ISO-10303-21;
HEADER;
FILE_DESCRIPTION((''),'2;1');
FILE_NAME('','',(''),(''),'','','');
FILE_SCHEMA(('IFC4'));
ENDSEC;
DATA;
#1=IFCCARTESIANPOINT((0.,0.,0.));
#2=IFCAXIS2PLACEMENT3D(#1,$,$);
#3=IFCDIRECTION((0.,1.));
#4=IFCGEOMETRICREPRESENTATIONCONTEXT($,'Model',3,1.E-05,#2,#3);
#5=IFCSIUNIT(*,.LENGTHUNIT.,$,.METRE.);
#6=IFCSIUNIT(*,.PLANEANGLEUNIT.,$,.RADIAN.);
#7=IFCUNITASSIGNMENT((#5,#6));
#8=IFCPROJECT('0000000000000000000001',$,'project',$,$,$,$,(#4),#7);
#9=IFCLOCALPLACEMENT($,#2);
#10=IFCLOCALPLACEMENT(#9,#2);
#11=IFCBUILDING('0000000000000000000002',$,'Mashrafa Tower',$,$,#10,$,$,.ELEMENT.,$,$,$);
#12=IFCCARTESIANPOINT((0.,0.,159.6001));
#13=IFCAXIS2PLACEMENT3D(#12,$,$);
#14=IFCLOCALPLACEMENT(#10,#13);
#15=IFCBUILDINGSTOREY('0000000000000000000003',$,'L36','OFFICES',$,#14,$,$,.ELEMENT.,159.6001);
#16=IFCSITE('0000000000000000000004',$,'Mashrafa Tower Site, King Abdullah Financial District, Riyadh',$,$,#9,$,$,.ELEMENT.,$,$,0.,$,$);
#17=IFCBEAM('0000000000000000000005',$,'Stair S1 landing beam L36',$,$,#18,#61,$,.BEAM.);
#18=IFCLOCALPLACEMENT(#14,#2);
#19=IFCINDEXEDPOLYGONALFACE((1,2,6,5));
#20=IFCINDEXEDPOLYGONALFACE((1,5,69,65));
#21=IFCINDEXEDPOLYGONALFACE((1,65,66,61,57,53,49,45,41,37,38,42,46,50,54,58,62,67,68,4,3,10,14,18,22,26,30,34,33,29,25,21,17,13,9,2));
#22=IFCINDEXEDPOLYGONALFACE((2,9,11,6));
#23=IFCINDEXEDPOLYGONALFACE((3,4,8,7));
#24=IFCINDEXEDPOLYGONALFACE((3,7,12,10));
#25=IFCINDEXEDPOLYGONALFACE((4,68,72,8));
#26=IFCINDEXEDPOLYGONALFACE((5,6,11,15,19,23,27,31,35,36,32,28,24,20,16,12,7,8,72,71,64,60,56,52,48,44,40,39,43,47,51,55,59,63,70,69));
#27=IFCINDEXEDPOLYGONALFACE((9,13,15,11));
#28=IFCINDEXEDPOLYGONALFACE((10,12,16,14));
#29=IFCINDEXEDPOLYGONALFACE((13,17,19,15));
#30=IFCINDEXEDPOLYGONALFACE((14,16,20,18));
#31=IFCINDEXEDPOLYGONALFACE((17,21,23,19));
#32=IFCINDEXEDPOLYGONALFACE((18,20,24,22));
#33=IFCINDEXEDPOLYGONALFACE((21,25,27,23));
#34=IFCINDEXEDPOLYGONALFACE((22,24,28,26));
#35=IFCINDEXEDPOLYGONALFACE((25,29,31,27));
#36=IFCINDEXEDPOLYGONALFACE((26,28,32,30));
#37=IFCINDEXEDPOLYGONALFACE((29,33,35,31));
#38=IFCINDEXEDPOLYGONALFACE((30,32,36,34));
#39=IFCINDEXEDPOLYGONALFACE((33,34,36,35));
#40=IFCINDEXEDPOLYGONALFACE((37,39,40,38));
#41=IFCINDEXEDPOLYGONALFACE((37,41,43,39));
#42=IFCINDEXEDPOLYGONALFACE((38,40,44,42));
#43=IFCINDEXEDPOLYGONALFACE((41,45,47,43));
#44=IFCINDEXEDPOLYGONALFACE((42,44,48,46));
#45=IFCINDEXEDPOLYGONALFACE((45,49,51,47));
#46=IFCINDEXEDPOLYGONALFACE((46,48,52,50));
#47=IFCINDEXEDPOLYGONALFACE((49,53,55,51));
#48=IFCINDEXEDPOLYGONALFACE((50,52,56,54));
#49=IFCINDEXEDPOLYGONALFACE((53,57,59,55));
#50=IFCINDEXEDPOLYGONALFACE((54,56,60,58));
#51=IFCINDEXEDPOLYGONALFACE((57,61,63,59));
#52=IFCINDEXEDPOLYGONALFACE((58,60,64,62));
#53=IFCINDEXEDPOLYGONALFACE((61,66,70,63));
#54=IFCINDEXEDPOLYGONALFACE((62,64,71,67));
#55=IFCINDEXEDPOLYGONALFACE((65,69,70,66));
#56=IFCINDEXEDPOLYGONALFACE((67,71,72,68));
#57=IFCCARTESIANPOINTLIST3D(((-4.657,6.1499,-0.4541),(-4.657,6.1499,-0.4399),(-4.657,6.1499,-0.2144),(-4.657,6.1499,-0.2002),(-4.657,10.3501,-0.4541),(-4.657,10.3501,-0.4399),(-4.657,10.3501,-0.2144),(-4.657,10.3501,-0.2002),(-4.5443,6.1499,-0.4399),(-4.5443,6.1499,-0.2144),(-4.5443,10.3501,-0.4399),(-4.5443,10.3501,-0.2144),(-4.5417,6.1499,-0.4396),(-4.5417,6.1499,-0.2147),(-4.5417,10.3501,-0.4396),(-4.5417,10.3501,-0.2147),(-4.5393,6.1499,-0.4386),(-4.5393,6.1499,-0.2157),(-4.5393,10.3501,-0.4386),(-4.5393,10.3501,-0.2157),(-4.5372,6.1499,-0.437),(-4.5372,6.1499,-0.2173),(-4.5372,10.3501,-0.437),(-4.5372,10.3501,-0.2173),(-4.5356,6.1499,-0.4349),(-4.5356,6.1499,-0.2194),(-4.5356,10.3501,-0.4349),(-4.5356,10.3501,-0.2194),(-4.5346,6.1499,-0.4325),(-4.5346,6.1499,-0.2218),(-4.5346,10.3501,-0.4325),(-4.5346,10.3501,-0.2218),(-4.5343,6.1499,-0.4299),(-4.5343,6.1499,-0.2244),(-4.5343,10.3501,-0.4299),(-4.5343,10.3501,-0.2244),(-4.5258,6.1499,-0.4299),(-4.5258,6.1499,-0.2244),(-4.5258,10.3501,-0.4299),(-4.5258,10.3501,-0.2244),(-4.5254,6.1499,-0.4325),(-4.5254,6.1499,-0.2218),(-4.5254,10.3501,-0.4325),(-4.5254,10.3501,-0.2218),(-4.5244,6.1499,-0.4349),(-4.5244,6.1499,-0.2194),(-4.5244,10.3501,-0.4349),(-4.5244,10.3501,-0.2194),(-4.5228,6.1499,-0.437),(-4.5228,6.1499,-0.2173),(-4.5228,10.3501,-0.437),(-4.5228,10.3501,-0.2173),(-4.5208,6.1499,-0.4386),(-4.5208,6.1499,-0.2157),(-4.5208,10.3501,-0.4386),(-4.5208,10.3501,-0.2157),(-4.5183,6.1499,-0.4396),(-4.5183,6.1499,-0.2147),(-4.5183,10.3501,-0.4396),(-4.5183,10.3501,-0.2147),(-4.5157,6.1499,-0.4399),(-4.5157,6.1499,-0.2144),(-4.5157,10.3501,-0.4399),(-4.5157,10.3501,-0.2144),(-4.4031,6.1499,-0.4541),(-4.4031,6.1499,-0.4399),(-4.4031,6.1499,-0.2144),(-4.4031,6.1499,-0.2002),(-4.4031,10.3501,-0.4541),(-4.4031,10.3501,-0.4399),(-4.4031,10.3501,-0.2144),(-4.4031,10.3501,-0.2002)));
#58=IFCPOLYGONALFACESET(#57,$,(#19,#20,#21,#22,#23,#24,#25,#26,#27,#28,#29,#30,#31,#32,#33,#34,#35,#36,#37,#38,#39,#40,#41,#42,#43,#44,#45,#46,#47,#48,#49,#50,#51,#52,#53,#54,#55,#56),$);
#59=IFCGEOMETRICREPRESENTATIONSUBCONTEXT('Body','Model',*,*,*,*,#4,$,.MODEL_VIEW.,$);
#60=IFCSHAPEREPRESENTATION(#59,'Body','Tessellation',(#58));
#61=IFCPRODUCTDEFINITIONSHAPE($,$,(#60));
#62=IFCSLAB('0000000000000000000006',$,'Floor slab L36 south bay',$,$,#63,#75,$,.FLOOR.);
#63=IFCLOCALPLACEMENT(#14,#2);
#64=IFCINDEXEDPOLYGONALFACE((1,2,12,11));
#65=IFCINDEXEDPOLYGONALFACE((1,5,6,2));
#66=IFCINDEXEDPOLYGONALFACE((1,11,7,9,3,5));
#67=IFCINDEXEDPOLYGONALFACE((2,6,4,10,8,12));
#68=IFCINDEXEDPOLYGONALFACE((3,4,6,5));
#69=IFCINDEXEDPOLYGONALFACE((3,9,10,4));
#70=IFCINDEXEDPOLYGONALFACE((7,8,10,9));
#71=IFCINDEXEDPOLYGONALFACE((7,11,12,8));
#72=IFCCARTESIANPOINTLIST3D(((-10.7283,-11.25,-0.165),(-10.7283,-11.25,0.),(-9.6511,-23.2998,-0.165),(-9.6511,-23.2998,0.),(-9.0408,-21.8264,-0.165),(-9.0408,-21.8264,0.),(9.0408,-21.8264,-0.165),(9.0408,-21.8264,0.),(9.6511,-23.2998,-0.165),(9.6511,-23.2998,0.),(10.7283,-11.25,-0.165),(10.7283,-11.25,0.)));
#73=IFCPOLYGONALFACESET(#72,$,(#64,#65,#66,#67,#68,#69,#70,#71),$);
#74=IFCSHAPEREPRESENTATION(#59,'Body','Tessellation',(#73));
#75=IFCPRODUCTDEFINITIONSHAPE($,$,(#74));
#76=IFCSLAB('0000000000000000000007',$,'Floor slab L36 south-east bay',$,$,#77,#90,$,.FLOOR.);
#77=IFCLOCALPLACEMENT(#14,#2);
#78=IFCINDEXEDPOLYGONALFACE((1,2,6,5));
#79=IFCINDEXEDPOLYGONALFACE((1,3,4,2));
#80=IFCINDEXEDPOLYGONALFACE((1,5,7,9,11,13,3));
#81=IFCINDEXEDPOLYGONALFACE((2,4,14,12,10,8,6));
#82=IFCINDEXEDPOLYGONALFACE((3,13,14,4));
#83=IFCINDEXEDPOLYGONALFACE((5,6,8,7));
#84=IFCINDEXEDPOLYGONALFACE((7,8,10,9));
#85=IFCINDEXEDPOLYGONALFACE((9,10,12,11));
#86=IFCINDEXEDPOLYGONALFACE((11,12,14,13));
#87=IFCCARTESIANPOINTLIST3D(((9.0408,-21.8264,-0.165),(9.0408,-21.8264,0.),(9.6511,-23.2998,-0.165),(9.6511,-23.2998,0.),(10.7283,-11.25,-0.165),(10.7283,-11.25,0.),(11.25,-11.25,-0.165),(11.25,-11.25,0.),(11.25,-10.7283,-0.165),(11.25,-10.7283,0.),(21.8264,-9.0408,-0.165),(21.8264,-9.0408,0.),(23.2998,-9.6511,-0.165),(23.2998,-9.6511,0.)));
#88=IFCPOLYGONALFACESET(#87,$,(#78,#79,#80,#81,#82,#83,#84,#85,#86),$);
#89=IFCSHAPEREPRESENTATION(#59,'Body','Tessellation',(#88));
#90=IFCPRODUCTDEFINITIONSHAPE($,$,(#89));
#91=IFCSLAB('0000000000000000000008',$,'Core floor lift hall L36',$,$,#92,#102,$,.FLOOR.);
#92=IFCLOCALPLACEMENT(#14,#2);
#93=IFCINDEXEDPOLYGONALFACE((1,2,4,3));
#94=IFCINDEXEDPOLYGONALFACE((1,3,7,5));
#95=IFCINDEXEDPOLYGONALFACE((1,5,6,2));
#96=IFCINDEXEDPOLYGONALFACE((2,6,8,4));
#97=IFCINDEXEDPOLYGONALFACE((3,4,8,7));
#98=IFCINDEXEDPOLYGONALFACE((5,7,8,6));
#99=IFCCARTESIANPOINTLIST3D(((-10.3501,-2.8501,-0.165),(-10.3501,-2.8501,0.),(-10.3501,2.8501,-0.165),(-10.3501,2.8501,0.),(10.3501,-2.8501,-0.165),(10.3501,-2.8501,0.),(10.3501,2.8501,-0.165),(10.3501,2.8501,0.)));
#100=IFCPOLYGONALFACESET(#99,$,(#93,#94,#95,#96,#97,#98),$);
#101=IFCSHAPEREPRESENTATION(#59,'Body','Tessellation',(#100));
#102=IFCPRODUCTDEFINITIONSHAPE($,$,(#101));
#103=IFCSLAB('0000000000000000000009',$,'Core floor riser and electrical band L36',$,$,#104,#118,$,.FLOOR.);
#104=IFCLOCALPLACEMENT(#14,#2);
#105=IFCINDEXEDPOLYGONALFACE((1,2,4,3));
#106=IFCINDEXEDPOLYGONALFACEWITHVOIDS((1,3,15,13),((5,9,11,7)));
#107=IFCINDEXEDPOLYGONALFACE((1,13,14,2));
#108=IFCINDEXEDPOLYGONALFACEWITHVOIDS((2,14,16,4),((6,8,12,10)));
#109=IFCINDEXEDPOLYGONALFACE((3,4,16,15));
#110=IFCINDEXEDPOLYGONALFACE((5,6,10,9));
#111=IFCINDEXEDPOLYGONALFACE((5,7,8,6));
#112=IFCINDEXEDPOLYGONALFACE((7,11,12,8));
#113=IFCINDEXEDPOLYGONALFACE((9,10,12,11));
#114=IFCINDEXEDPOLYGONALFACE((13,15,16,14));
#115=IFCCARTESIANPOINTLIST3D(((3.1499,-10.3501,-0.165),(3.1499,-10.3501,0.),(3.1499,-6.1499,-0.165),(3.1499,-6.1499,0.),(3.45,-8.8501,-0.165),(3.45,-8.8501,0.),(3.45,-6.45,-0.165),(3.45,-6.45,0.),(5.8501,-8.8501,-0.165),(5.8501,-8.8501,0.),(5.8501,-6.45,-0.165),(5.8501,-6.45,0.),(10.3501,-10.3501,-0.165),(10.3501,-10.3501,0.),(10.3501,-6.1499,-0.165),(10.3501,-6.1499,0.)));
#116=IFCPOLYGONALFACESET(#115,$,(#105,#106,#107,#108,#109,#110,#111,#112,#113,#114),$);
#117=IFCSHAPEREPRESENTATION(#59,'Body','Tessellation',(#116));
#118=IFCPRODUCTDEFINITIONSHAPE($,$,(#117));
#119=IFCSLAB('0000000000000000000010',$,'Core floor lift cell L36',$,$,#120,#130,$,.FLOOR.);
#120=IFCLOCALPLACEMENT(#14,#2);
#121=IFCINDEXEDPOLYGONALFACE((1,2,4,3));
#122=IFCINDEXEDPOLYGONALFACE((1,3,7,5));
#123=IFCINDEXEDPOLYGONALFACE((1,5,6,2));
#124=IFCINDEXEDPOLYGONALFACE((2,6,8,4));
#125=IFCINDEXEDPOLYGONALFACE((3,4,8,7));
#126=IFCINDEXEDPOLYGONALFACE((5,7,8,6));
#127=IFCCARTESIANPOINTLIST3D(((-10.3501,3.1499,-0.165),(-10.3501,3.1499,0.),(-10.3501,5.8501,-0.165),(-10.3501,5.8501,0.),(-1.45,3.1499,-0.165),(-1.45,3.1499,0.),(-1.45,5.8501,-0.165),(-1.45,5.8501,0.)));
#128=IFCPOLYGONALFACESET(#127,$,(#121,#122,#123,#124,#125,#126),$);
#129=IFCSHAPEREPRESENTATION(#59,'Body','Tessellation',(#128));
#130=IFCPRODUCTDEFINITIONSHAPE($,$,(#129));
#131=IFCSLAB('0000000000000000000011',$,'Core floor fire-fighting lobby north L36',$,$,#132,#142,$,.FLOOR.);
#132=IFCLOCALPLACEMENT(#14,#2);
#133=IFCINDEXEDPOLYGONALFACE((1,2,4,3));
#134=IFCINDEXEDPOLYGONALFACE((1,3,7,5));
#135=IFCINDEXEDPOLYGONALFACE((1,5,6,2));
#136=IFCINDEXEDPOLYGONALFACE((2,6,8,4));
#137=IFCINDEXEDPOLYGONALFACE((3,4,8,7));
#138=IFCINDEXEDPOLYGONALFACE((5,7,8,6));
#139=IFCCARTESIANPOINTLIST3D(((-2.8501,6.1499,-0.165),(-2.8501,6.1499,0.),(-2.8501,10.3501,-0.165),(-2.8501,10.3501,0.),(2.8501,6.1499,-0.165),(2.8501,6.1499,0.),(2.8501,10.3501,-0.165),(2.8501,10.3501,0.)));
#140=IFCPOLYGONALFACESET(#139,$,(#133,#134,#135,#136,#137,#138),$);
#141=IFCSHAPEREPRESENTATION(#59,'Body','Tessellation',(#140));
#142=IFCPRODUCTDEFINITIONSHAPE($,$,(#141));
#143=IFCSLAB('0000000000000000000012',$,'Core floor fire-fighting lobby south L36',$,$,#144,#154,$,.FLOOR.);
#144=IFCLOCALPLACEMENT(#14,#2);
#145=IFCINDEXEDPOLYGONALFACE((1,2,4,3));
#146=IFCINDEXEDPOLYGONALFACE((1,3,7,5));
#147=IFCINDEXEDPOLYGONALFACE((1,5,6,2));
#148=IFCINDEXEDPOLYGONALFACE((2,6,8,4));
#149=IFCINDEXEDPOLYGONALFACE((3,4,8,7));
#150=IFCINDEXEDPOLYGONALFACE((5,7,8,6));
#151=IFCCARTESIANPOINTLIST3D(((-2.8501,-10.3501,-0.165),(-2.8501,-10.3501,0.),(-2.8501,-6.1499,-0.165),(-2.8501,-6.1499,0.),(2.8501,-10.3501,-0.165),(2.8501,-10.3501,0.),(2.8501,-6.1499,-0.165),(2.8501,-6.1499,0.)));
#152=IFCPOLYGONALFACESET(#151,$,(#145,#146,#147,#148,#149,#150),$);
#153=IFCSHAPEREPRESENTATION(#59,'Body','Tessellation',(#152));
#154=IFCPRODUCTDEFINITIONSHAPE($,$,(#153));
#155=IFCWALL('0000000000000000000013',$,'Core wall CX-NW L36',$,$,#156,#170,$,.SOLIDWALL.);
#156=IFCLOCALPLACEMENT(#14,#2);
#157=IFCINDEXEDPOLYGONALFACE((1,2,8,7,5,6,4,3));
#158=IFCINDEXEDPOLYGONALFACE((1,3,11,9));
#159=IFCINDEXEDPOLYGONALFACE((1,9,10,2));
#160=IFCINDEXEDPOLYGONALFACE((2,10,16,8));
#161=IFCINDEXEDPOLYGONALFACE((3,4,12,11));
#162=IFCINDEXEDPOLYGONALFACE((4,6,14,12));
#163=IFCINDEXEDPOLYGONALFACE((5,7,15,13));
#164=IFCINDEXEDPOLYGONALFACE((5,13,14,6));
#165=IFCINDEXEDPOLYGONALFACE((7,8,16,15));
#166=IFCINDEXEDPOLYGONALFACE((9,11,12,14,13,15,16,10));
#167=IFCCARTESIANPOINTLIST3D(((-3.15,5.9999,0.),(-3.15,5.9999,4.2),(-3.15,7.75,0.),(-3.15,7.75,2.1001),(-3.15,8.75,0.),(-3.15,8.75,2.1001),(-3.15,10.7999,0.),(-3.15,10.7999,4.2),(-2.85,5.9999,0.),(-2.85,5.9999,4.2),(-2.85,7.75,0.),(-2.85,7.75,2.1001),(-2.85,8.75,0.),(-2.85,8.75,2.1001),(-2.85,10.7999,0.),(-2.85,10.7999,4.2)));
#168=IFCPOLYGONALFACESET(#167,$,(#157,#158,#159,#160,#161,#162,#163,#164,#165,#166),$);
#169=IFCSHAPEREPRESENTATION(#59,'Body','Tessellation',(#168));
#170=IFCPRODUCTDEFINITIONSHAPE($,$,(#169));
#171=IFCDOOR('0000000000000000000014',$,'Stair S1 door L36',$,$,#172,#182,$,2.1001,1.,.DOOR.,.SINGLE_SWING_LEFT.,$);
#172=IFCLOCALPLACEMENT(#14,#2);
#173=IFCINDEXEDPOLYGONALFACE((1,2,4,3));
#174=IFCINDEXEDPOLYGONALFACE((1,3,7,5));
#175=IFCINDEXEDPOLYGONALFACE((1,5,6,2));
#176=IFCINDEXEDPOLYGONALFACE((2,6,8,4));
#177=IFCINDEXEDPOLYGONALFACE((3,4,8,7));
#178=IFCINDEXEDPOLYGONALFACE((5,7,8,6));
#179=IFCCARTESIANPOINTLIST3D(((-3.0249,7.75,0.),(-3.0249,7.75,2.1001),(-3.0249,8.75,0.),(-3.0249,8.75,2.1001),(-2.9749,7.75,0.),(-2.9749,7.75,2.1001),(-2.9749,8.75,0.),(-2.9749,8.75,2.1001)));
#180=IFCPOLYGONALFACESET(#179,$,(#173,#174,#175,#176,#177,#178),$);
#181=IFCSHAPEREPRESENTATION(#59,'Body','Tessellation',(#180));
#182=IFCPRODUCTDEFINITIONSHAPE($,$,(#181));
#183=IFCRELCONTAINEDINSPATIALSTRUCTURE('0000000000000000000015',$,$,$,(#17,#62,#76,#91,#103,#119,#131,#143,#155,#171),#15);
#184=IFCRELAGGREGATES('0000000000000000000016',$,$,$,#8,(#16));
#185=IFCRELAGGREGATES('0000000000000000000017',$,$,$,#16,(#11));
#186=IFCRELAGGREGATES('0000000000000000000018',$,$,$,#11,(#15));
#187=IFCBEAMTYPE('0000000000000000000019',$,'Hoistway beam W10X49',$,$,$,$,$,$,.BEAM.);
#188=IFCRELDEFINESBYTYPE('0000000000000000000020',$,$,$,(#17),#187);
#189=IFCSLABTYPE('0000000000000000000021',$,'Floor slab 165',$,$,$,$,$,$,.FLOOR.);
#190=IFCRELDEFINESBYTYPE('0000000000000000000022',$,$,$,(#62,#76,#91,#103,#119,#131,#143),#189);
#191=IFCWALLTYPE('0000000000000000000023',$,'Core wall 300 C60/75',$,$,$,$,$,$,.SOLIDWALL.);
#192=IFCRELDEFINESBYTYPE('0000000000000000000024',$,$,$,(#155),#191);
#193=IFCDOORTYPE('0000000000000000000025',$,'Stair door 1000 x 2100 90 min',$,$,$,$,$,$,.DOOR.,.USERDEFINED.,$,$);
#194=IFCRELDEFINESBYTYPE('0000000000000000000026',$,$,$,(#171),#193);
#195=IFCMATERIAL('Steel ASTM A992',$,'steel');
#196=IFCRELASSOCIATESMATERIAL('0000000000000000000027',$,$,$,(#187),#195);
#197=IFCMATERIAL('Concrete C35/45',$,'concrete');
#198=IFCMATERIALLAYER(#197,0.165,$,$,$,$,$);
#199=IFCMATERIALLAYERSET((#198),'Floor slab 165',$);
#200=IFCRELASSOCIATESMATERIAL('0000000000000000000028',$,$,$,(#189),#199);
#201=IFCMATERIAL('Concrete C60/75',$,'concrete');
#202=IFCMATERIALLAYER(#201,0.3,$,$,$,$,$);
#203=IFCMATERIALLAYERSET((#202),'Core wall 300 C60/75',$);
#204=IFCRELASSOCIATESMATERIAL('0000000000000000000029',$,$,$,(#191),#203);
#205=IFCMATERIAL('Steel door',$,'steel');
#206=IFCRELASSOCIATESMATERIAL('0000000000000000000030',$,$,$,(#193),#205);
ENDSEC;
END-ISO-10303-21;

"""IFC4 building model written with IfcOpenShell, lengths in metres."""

from ifc_helpers import new_model, si_unit, direction, frame, frame_2d, origin, origin_2d, place, context, subcontext, project, spatial, polyline, rectangle, i_section, outline, extrude, material, layer, layer_set, material_profile, profile_set, type_object, element, fill, save


model = new_model("IFC4")

# Units and contexts
model_context = context("Model", 3, precision=1e-05, world=origin(), true_north=direction((0.0, 1.0)))
body_context = subcontext(model_context, "Body", "Model", "MODEL_VIEW")
ifc_project = project(units=[si_unit("LENGTHUNIT", "METRE"), si_unit("PLANEANGLEUNIT", "RADIAN")], contexts=[model_context])

# Site, building, storey
site_placement = place(None, origin())
site = spatial("IfcSite", under=ifc_project, at=site_placement, Name="Mashrafa Tower Site, King Abdullah Financial District, Riyadh", CompositionType="ELEMENT", RefElevation=0.0)
building_placement = place(site_placement, origin())
building = spatial("IfcBuilding", under=site, at=building_placement, Name="Mashrafa Tower", CompositionType="ELEMENT")
storey_placement = place(building_placement, frame((0.0, 0.0, 159.6001)))
storey = spatial("IfcBuildingStorey", under=building, at=storey_placement, Name="L36", Description="OFFICES", CompositionType="ELEMENT", Elevation=159.6001)

# Beam
ifc_material_1 = material(Name="Steel ASTM A992", Category="steel")
ifc_material_profile = material_profile(ifc_material_1, i_section(OverallWidth=0.2539, OverallDepth=0.2539, WebThickness=0.0085, FlangeThickness=0.0142, FilletRadius=0.01, at=origin_2d()), Name="W10X49")
ifc_profile_set = profile_set([ifc_material_profile], Name="Steel ASTM A992")
beam_type = type_object("IfcBeamType", Name="Hoistway beam W10X49", PredefinedType="BEAM", material=ifc_profile_set)
beam_placement = place(storey_placement, frame((-4.53, 6.1499, -0.3271), z_axis=(0.0, 1.0, 0.0), x_axis=(-1.0, 0.0, 0.0)))
element("IfcBeam", 1, at=beam_placement, inside=storey, type_object=beam_type, Name="Stair S1 landing beam L36", PredefinedType="BEAM", context=body_context, shape_type="SweptSolid", body=[
    extrude(i_section(OverallWidth=0.2539, OverallDepth=0.2539, WebThickness=0.0085, FlangeThickness=0.0142, FilletRadius=0.01, at=origin_2d()), origin(), (0.0, 0.0, 1.0), 4.2002),
])

# Slabs
ifc_material_2 = material(Name="Concrete C35/45", Category="concrete")
ifc_layer_1 = layer(ifc_material_2, 0.165)
ifc_layer_set_1 = layer_set([ifc_layer_1], Name="Floor slab 165")
slab_type = type_object("IfcSlabType", Name="Floor slab 165", PredefinedType="FLOOR", material=ifc_layer_set_1)
slab_1_placement = place(storey_placement, frame((0.0, 0.0, -0.165)))
element("IfcSlab", 2, at=slab_1_placement, inside=storey, type_object=slab_type, Name="Floor slab L36 south bay", PredefinedType="FLOOR", context=body_context, shape_type="SweptSolid", body=[
    extrude(outline(polyline([(-9.6511, -23.2998), (-9.6511, -23.2998), (-9.0408, -21.8264), (-10.7283, -11.25), (10.7283, -11.25), (9.0408, -21.8264), (9.6511, -23.2998), (9.6511, -23.2998), (-9.6511, -23.2998)])), origin(), (0.0, 0.0, 1.0), 0.165),
])
slab_2_placement = place(storey_placement, frame((0.0, 0.0, -0.165)))
element("IfcSlab", 3, at=slab_2_placement, inside=storey, type_object=slab_type, Name="Floor slab L36 south-east bay", PredefinedType="FLOOR", context=body_context, shape_type="SweptSolid", body=[
    extrude(outline(polyline([(9.6511, -23.2998), (9.0408, -21.8264), (10.7283, -11.25), (11.25, -11.25), (11.25, -10.7283), (21.8264, -9.0408), (23.2998, -9.6511), (9.6511, -23.2998)])), origin(), (0.0, 0.0, 1.0), 0.165),
])
slab_3_placement = place(storey_placement, frame((0.0, 0.0, -0.165)))
element("IfcSlab", 4, at=slab_3_placement, inside=storey, type_object=slab_type, Name="Core floor lift hall L36", PredefinedType="FLOOR", context=body_context, shape_type="SweptSolid", body=[
    extrude(outline(polyline([(-10.3501, 2.8501), (10.3501, 2.8501), (10.3501, -2.8501), (-10.3501, -2.8501), (-10.3501, 2.8501)])), origin(), (0.0, 0.0, 1.0), 0.165),
])
slab_4_placement = place(storey_placement, frame((0.0, 0.0, -0.165)))
element("IfcSlab", 5, at=slab_4_placement, inside=storey, type_object=slab_type, Name="Core floor riser and electrical band L36", PredefinedType="FLOOR", context=body_context, shape_type="SweptSolid", body=[
    extrude(outline(polyline([(10.3501, -6.1499), (10.3501, -10.3501), (3.1499, -10.3501), (3.1499, -6.1499), (10.3501, -6.1499)]), holes=[polyline([(3.45, -8.8501), (5.8501, -8.8501), (5.8501, -6.45), (3.45, -6.45), (3.45, -8.8501)])]), origin(), (0.0, 0.0, 1.0), 0.165),
])
slab_5_placement = place(storey_placement, frame((0.0, 0.0, -0.165)))
element("IfcSlab", 6, at=slab_5_placement, inside=storey, type_object=slab_type, Name="Core floor lift cell L36", PredefinedType="FLOOR", context=body_context, shape_type="SweptSolid", body=[
    extrude(outline(polyline([(-1.45, 3.1499), (-10.3501, 3.1499), (-10.3501, 5.8501), (-1.45, 5.8501), (-1.45, 3.1499)])), origin(), (0.0, 0.0, 1.0), 0.165),
])
slab_6_placement = place(storey_placement, frame((0.0, 0.0, -0.165)))
element("IfcSlab", 7, at=slab_6_placement, inside=storey, type_object=slab_type, Name="Core floor fire-fighting lobby north L36", PredefinedType="FLOOR", context=body_context, shape_type="SweptSolid", body=[
    extrude(outline(polyline([(-2.8501, 10.3501), (2.8501, 10.3501), (2.8501, 6.1499), (-2.8501, 6.1499), (-2.8501, 10.3501)])), origin(), (0.0, 0.0, 1.0), 0.165),
])
slab_7_placement = place(storey_placement, frame((0.0, 0.0, -0.165)))
element("IfcSlab", 8, at=slab_7_placement, inside=storey, type_object=slab_type, Name="Core floor fire-fighting lobby south L36", PredefinedType="FLOOR", context=body_context, shape_type="SweptSolid", body=[
    extrude(outline(polyline([(2.8501, -6.1499), (2.8501, -10.3501), (-2.8501, -10.3501), (-2.8501, -6.1499), (2.8501, -6.1499)])), origin(), (0.0, 0.0, 1.0), 0.165),
])

# Wall, opening, door
ifc_material_3 = material(Name="Concrete C60/75", Category="concrete")
ifc_layer_2 = layer(ifc_material_3, 0.3)
ifc_layer_set_2 = layer_set([ifc_layer_2], Name="Core wall 300 C60/75")
wall_type_1 = type_object("IfcWallType", Name="Core wall 300 C60/75", PredefinedType="SOLIDWALL", material=ifc_layer_set_2)
wall_placement = place(storey_placement, frame((-3.0, 6.0, 0.0), z_axis=(0.0, 0.0, 1.0), x_axis=(0.0, 1.0, 0.0)))
wall = element("IfcWall", 9, at=wall_placement, inside=storey, type_object=wall_type_1, Name="Core wall CX-NW L36", PredefinedType="SOLIDWALL", context=body_context, shape_type="SweptSolid", body=[
    extrude(rectangle(XDim=4.8, YDim=0.3, at=frame_2d((2.3999, 0.0))), origin(), (0.0, 0.0, 1.0), 4.2),
])
opening_placement = place(wall_placement, frame((1.75, 0.0, 0.0)))
opening = element("IfcOpeningElement", 10, at=opening_placement, cuts=wall, PredefinedType="OPENING", context=body_context, shape_type="SweptSolid", body=[
    extrude(rectangle(XDim=1.0, YDim=2.1001, at=frame_2d((0.5, 1.05))), frame((0.0, 0.1599, 0.0), z_axis=(0.0, -1.0, 0.0), x_axis=(1.0, 0.0, 0.0)), (0.0, 0.0, 1.0), 0.3201),
])
ifc_material_4 = material(Name="Steel door", Category="steel")
door_type = type_object("IfcDoorType", Name="Stair door 1000 x 2100 90 min", OperationType="USERDEFINED", PredefinedType="DOOR", material=ifc_material_4)
door_placement = place(opening_placement, origin())
door = element("IfcDoor", 11, at=door_placement, inside=storey, type_object=door_type, Name="Stair S1 door L36", OperationType="SINGLE_SWING_LEFT", OverallHeight=2.1001, OverallWidth=1.0, PredefinedType="DOOR", context=body_context, shape_type="SweptSolid", body=[
    extrude(rectangle(XDim=1.0, YDim=2.1001, at=frame_2d((0.5, 1.05))), frame((0.0, 0.0249, 0.0), z_axis=(0.0, -1.0, 0.0), x_axis=(1.0, 0.0, 0.0)), (0.0, 0.0, 1.0), 0.05),
])
fill(opening, door)

save(model, "model.ifc")
